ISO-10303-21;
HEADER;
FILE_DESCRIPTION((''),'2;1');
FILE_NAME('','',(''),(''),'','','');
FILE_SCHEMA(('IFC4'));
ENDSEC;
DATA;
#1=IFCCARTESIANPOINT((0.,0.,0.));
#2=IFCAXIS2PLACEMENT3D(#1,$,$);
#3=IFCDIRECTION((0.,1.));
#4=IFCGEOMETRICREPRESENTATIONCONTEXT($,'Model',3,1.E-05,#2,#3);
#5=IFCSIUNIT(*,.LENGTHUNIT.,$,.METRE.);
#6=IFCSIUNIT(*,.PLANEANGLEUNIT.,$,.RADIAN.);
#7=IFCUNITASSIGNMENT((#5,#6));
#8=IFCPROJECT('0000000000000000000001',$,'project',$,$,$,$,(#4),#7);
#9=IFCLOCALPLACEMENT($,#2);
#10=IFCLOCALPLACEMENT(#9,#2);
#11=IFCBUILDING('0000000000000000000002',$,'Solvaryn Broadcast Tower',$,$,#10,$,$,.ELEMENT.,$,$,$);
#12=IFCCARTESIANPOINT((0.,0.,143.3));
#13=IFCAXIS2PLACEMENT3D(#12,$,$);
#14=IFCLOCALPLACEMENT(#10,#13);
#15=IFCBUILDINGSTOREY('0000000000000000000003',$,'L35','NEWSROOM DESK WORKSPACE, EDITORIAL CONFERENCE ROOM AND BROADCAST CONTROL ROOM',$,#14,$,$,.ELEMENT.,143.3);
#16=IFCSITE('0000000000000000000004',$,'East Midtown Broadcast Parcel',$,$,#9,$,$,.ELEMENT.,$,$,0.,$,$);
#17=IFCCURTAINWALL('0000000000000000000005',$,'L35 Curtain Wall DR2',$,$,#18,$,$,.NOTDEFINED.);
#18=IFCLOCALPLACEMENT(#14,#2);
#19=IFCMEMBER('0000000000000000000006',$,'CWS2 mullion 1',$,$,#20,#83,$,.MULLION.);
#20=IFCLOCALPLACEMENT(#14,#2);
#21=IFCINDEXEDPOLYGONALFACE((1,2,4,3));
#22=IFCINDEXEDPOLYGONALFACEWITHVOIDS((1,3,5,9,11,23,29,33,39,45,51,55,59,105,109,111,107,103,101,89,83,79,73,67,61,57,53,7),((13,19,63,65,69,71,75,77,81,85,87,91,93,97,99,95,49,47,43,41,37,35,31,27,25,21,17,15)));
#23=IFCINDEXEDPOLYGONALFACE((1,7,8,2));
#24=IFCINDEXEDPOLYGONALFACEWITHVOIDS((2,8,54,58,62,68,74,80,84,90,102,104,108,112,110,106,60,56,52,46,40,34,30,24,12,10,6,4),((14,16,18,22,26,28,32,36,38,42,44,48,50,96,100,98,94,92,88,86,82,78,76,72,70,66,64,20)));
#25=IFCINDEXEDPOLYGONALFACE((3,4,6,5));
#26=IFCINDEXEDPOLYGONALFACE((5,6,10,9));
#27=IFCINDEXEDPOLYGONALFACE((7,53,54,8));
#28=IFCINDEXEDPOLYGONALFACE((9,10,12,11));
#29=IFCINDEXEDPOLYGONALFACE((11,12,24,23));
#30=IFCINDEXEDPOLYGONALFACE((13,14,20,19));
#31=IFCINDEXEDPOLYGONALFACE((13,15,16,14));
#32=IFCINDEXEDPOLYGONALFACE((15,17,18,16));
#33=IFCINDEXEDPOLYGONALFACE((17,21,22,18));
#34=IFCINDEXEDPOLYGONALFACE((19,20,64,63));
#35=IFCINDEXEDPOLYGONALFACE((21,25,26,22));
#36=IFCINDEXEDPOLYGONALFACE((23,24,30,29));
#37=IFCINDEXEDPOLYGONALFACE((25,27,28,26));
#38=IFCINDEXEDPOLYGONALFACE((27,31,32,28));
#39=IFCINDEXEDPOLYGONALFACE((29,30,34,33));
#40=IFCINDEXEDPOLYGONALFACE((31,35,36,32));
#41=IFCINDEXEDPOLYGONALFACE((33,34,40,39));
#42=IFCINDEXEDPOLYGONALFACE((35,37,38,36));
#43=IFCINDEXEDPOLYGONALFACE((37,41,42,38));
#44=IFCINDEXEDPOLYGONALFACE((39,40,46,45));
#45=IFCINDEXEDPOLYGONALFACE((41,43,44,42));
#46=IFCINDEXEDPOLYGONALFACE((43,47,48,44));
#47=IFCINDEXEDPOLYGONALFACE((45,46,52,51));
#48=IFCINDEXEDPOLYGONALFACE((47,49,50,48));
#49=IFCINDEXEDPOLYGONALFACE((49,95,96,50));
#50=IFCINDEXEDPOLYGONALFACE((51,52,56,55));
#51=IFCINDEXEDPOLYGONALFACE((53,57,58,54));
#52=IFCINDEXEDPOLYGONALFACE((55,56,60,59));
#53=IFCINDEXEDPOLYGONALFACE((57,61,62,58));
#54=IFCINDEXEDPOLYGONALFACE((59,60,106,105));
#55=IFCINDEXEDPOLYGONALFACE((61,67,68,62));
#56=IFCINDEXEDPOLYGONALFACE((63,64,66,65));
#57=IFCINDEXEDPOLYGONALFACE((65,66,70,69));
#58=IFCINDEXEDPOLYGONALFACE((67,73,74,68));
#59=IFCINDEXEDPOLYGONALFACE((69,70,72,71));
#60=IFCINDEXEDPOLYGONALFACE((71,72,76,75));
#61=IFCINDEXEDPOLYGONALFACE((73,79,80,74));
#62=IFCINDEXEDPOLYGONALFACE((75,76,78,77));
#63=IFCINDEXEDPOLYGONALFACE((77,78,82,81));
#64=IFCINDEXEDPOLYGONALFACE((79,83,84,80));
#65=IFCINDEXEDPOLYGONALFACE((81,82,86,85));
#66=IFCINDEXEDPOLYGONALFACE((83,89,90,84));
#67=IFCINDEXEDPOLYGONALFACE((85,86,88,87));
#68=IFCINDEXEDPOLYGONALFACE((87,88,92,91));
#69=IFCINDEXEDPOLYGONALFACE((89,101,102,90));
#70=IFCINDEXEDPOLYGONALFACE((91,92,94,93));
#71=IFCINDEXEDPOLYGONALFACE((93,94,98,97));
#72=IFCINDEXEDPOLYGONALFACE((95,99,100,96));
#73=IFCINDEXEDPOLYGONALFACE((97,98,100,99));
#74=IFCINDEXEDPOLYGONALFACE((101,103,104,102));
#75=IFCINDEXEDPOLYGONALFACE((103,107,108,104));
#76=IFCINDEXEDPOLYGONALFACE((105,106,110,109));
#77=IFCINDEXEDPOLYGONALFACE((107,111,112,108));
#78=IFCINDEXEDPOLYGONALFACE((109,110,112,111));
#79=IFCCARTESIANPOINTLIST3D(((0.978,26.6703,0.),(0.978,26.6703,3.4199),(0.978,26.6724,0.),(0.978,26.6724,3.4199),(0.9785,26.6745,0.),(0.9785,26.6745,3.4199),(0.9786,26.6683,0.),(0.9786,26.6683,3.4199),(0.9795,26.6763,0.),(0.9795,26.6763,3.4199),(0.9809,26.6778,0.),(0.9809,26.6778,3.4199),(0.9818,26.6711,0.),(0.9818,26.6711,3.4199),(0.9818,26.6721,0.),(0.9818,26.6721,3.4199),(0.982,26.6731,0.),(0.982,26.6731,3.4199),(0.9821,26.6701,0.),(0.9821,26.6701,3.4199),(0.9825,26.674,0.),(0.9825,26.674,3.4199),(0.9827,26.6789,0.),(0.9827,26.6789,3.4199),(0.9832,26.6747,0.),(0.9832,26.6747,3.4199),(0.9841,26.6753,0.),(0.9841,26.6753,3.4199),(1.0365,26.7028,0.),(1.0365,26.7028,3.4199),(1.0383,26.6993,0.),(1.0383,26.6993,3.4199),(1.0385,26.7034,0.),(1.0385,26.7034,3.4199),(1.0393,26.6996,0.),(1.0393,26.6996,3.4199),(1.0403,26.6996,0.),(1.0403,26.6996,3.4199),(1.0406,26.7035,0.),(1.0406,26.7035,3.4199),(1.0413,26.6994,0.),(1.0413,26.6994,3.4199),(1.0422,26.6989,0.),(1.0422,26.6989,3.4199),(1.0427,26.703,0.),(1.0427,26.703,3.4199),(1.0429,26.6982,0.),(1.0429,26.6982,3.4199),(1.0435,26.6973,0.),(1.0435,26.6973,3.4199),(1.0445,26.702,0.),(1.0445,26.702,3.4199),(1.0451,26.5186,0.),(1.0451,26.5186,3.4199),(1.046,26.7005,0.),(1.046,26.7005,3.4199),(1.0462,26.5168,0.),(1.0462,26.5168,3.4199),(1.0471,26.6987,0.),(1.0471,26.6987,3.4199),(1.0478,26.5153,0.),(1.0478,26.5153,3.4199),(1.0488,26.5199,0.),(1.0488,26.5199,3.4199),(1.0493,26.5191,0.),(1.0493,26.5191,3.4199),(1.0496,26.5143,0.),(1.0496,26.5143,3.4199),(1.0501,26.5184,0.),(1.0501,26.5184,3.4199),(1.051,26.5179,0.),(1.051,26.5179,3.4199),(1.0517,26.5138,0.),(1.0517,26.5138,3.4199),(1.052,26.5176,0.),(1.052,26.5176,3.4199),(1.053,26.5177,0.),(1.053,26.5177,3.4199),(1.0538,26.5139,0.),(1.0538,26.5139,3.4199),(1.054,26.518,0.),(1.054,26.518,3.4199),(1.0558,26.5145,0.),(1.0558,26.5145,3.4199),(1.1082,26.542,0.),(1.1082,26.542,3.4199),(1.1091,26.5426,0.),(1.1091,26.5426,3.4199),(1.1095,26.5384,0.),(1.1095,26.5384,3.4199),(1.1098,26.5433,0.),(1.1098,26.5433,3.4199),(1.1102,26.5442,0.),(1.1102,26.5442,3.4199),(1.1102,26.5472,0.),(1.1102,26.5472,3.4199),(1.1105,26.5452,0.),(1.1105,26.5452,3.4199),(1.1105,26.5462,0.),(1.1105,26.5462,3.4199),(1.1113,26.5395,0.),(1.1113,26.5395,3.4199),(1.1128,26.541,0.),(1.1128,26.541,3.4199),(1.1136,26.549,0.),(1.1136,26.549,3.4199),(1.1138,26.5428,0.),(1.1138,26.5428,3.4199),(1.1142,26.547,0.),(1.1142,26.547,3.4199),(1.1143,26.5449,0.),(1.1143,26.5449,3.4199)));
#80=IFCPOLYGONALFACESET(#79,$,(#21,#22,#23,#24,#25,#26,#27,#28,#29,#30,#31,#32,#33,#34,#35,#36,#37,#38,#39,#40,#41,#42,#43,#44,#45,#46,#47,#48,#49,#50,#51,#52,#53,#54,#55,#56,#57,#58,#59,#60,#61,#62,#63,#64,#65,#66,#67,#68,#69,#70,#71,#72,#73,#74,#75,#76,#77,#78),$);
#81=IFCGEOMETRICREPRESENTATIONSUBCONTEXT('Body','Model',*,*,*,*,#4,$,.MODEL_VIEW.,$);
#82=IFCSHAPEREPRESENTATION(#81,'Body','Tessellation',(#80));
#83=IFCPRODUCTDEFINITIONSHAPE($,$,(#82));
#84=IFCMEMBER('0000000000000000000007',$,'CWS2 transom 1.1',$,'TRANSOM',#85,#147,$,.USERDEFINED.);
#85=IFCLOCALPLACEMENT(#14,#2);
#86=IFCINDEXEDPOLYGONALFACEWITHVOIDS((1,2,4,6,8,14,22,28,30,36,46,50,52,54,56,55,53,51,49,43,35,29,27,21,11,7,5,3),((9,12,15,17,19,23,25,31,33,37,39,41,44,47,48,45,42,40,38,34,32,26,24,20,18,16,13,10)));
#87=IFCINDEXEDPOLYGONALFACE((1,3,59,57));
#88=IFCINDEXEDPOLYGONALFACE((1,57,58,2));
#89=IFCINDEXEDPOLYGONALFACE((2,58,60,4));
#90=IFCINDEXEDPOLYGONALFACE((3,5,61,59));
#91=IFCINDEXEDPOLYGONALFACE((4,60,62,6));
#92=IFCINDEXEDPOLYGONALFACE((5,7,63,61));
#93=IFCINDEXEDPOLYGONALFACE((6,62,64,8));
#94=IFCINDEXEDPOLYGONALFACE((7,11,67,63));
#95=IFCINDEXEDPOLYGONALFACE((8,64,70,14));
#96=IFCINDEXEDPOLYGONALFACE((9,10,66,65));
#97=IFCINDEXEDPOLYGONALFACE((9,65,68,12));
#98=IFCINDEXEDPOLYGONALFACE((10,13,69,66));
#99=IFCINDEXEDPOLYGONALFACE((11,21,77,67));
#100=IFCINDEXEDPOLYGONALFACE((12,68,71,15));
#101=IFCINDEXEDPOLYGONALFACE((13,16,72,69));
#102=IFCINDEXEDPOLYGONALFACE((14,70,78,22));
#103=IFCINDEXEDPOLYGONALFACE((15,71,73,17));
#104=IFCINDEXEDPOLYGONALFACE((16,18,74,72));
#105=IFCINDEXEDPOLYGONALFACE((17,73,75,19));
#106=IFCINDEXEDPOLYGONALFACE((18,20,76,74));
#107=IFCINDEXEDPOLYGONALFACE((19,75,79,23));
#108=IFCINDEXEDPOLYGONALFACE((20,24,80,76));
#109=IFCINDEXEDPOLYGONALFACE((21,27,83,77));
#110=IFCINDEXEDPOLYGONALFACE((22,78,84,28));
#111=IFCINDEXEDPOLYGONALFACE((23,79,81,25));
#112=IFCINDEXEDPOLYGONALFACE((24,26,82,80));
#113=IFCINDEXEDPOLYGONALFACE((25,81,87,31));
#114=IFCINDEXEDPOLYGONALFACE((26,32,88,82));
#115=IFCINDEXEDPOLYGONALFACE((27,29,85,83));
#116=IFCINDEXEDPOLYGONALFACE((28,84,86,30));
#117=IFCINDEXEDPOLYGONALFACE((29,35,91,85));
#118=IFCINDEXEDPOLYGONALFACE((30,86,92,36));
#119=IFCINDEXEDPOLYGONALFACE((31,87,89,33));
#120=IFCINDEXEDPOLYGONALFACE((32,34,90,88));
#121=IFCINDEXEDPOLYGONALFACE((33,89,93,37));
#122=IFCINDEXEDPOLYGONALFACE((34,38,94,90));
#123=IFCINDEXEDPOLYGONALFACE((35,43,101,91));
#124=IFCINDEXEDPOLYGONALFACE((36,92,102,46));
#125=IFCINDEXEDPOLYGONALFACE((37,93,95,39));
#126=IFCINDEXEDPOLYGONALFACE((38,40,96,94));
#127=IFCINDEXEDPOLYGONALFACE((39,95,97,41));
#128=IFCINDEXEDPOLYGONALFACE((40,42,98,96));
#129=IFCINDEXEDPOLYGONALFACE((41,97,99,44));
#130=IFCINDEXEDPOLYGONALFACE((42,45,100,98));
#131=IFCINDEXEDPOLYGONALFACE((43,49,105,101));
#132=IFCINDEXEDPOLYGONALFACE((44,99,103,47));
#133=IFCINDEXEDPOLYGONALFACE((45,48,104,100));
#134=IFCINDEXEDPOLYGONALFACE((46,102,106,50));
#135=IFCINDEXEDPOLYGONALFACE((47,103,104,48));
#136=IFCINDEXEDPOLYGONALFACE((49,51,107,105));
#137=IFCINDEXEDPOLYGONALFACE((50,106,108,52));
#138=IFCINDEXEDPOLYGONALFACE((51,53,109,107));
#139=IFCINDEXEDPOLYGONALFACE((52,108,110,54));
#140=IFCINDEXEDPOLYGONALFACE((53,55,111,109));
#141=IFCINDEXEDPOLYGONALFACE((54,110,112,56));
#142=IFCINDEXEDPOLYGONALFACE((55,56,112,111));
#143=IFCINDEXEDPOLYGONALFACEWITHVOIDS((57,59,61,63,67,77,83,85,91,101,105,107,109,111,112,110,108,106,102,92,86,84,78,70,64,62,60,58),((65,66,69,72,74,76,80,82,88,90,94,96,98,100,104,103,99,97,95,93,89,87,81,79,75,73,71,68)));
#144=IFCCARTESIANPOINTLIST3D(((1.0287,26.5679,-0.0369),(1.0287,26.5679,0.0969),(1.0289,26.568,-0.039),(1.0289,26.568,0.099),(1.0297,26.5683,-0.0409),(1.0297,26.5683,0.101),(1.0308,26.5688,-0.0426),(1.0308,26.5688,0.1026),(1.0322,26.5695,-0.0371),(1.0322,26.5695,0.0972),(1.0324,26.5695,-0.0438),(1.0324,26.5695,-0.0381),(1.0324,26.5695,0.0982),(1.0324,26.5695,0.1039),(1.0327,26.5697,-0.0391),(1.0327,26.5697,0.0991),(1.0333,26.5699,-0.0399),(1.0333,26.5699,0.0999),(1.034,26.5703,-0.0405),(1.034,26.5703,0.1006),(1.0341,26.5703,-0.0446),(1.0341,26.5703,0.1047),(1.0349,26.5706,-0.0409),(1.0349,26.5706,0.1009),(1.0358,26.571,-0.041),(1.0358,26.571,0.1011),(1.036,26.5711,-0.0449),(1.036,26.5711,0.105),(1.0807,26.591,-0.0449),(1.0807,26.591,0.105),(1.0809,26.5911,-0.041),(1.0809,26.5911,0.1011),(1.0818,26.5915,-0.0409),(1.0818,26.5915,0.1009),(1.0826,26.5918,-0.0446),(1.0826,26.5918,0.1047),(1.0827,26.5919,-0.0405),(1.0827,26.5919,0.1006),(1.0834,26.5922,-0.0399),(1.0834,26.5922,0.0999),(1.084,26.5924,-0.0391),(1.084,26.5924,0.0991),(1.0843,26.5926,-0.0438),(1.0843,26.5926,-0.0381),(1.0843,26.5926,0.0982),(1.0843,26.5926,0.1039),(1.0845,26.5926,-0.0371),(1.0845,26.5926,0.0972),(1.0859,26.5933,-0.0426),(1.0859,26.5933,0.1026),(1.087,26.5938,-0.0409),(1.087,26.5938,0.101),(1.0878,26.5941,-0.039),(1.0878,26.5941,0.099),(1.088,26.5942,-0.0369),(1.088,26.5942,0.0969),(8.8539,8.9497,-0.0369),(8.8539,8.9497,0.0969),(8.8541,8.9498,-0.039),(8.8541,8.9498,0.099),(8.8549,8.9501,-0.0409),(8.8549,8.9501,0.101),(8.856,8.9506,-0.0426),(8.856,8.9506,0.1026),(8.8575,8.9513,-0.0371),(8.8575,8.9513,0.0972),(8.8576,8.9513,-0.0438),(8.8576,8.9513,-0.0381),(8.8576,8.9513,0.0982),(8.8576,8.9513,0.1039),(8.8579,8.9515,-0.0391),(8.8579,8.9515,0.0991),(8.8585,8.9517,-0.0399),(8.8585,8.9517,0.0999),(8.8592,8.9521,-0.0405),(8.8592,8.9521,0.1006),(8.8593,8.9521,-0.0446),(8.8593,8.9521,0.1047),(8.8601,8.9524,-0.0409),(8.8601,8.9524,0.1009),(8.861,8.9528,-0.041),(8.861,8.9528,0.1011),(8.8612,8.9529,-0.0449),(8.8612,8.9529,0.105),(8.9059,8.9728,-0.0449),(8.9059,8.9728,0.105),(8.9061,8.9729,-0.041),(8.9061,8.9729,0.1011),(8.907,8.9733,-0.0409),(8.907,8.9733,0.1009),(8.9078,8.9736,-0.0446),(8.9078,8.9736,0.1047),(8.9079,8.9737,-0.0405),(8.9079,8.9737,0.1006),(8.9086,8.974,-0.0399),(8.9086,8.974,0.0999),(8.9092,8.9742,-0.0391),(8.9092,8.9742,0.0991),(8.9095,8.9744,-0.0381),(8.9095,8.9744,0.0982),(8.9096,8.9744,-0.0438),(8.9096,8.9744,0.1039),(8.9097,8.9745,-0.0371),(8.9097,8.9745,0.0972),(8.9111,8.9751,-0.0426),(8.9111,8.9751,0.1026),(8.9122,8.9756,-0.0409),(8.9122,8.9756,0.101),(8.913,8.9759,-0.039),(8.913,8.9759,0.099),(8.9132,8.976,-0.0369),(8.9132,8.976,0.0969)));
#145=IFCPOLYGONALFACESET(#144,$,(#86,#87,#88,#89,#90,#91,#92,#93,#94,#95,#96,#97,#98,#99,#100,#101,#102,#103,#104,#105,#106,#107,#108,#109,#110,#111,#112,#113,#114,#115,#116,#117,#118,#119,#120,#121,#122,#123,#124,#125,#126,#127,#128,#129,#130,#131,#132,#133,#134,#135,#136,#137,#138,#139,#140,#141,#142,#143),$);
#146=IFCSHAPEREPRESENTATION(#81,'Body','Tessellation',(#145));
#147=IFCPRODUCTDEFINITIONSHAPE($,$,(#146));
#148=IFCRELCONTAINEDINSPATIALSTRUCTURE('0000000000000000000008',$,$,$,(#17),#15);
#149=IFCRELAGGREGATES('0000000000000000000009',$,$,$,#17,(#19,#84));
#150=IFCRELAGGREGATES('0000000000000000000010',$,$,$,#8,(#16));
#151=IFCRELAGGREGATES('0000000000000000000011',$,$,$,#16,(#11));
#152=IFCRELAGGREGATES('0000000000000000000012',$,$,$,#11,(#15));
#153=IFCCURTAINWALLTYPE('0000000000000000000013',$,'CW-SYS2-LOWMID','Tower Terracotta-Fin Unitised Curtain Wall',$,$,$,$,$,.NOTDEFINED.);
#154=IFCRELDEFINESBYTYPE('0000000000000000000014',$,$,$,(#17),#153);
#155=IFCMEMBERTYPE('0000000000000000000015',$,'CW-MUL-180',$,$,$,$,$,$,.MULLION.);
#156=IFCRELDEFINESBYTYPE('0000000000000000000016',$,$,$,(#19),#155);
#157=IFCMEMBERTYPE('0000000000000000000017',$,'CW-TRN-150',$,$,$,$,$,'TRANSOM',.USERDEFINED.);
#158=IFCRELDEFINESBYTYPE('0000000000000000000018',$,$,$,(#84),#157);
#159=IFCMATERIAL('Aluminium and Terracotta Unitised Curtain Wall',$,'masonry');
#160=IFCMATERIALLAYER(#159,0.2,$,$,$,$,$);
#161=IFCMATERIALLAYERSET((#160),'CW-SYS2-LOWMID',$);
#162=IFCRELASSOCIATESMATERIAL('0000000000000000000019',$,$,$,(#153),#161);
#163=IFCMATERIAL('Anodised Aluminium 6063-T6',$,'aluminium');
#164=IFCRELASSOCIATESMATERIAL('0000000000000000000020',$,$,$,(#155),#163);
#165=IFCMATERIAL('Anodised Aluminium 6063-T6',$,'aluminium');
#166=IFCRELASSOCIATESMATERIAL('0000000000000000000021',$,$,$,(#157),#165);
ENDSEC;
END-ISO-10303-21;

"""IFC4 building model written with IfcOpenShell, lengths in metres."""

from ifc_helpers import new_model, si_unit, direction, frame, origin, origin_2d, place, context, subcontext, project, spatial, hollow_rectangle, extrude, material, layer, layer_set, material_profile, profile_set, type_object, element, aggregate, save


model = new_model("IFC4")

# Units and contexts
model_context = context("Model", 3, precision=1e-05, world=origin(), true_north=direction((0.0, 1.0)))
body_context = subcontext(model_context, "Body", "Model", "MODEL_VIEW")
ifc_project = project(units=[si_unit("LENGTHUNIT", "METRE"), si_unit("PLANEANGLEUNIT", "RADIAN")], contexts=[model_context])

# Site, building, storey
site_placement = place(None, origin())
site = spatial("IfcSite", under=ifc_project, at=site_placement, Name="East Midtown Broadcast Parcel", CompositionType="ELEMENT", RefElevation=0.0)
building_placement = place(site_placement, origin())
building = spatial("IfcBuilding", under=site, at=building_placement, Name="Solvaryn Broadcast Tower", CompositionType="ELEMENT")
storey_placement = place(building_placement, frame((0.0, 0.0, 143.3)))
storey = spatial("IfcBuildingStorey", under=building, at=storey_placement, Name="L35", Description="NEWSROOM DESK WORKSPACE, EDITORIAL CONFERENCE ROOM AND BROADCAST CONTROL ROOM", CompositionType="ELEMENT", Elevation=143.3)

# Shared definitions
ifc_material_1 = material(Name="Aluminium and Terracotta Unitised Curtain Wall", Category="masonry")
ifc_layer_1 = layer(ifc_material_1, 0.2)
ifc_layer_set_1 = layer_set([ifc_layer_1], Name="CW-SYS2-LOWMID")
curtain_wall_type = type_object("IfcCurtainWallType", Name="CW-SYS2-LOWMID", Description="Tower Terracotta-Fin Unitised Curtain Wall", PredefinedType="NOTDEFINED", material=ifc_layer_set_1)
ifc_material_2 = material(Name="Anodised Aluminium 6063-T6", Category="aluminium")
ifc_material_profile_1 = material_profile(ifc_material_2, hollow_rectangle(XDim=0.075, YDim=0.1799, WallThickness=0.0039, InnerFilletRadius=0.0039, OuterFilletRadius=0.0081, at=origin_2d()))
ifc_profile_set_1 = profile_set([ifc_material_profile_1], Name="Anodised Aluminium 6063-T6")
member_type_1 = type_object("IfcMemberType", Name="CW-MUL-180", PredefinedType="MULLION", material=ifc_profile_set_1)

# Curtain wall, members
curtain_wall_1_placement = place(storey_placement, origin())
curtain_wall_1 = element("IfcCurtainWall", 1, at=curtain_wall_1_placement, inside=storey, type_object=curtain_wall_type, Name="L35 Curtain Wall DR2", PredefinedType="NOTDEFINED")
member_1_placement = place(storey_placement, frame((1.0461, 26.6086, 0.0), z_axis=(0.0, 0.0, 1.0), x_axis=(0.913909, 0.405918, 0.0)))
member_1 = element("IfcMember", 2, at=member_1_placement, type_object=member_type_1, Name="CWS2 mullion 1", PredefinedType="MULLION", context=body_context, shape_type="SweptSolid", body=[
    extrude(hollow_rectangle(XDim=0.075, YDim=0.1799, WallThickness=0.0039, InnerFilletRadius=0.0039, OuterFilletRadius=0.0081, at=origin_2d()), origin(), (0.0, 0.0, 1.0), 3.4199),
])
ifc_material_3 = material(Name="Anodised Aluminium 6063-T6", Category="aluminium")
ifc_material_profile_2 = material_profile(ifc_material_3, hollow_rectangle(XDim=0.0649, YDim=0.1499, WallThickness=0.0039, InnerFilletRadius=0.0039, OuterFilletRadius=0.0081, at=origin_2d()))
ifc_profile_set_2 = profile_set([ifc_material_profile_2], Name="Anodised Aluminium 6063-T6")
member_type_2 = type_object("IfcMemberType", Name="CW-TRN-150", ElementType="TRANSOM", PredefinedType="USERDEFINED", material=ifc_profile_set_2)
member_2_placement = place(storey_placement, frame((1.0583, 26.5811, 0.03), z_axis=(0.405918, -0.91391, 0.0), x_axis=(0.91391, 0.405918, 0.0)))
member_2 = element("IfcMember", 3, at=member_2_placement, type_object=member_type_2, Name="CWS2 transom 1.1", ObjectType="TRANSOM", PredefinedType="USERDEFINED", context=body_context, shape_type="SweptSolid", body=[
    extrude(hollow_rectangle(XDim=0.0649, YDim=0.1499, WallThickness=0.0039, InnerFilletRadius=0.0039, OuterFilletRadius=0.0081, at=origin_2d()), origin(), (0.0, 0.0, 1.0), 19.2778),
])
aggregate(curtain_wall_1, [member_1, member_2])

save(model, "model.ifc")
